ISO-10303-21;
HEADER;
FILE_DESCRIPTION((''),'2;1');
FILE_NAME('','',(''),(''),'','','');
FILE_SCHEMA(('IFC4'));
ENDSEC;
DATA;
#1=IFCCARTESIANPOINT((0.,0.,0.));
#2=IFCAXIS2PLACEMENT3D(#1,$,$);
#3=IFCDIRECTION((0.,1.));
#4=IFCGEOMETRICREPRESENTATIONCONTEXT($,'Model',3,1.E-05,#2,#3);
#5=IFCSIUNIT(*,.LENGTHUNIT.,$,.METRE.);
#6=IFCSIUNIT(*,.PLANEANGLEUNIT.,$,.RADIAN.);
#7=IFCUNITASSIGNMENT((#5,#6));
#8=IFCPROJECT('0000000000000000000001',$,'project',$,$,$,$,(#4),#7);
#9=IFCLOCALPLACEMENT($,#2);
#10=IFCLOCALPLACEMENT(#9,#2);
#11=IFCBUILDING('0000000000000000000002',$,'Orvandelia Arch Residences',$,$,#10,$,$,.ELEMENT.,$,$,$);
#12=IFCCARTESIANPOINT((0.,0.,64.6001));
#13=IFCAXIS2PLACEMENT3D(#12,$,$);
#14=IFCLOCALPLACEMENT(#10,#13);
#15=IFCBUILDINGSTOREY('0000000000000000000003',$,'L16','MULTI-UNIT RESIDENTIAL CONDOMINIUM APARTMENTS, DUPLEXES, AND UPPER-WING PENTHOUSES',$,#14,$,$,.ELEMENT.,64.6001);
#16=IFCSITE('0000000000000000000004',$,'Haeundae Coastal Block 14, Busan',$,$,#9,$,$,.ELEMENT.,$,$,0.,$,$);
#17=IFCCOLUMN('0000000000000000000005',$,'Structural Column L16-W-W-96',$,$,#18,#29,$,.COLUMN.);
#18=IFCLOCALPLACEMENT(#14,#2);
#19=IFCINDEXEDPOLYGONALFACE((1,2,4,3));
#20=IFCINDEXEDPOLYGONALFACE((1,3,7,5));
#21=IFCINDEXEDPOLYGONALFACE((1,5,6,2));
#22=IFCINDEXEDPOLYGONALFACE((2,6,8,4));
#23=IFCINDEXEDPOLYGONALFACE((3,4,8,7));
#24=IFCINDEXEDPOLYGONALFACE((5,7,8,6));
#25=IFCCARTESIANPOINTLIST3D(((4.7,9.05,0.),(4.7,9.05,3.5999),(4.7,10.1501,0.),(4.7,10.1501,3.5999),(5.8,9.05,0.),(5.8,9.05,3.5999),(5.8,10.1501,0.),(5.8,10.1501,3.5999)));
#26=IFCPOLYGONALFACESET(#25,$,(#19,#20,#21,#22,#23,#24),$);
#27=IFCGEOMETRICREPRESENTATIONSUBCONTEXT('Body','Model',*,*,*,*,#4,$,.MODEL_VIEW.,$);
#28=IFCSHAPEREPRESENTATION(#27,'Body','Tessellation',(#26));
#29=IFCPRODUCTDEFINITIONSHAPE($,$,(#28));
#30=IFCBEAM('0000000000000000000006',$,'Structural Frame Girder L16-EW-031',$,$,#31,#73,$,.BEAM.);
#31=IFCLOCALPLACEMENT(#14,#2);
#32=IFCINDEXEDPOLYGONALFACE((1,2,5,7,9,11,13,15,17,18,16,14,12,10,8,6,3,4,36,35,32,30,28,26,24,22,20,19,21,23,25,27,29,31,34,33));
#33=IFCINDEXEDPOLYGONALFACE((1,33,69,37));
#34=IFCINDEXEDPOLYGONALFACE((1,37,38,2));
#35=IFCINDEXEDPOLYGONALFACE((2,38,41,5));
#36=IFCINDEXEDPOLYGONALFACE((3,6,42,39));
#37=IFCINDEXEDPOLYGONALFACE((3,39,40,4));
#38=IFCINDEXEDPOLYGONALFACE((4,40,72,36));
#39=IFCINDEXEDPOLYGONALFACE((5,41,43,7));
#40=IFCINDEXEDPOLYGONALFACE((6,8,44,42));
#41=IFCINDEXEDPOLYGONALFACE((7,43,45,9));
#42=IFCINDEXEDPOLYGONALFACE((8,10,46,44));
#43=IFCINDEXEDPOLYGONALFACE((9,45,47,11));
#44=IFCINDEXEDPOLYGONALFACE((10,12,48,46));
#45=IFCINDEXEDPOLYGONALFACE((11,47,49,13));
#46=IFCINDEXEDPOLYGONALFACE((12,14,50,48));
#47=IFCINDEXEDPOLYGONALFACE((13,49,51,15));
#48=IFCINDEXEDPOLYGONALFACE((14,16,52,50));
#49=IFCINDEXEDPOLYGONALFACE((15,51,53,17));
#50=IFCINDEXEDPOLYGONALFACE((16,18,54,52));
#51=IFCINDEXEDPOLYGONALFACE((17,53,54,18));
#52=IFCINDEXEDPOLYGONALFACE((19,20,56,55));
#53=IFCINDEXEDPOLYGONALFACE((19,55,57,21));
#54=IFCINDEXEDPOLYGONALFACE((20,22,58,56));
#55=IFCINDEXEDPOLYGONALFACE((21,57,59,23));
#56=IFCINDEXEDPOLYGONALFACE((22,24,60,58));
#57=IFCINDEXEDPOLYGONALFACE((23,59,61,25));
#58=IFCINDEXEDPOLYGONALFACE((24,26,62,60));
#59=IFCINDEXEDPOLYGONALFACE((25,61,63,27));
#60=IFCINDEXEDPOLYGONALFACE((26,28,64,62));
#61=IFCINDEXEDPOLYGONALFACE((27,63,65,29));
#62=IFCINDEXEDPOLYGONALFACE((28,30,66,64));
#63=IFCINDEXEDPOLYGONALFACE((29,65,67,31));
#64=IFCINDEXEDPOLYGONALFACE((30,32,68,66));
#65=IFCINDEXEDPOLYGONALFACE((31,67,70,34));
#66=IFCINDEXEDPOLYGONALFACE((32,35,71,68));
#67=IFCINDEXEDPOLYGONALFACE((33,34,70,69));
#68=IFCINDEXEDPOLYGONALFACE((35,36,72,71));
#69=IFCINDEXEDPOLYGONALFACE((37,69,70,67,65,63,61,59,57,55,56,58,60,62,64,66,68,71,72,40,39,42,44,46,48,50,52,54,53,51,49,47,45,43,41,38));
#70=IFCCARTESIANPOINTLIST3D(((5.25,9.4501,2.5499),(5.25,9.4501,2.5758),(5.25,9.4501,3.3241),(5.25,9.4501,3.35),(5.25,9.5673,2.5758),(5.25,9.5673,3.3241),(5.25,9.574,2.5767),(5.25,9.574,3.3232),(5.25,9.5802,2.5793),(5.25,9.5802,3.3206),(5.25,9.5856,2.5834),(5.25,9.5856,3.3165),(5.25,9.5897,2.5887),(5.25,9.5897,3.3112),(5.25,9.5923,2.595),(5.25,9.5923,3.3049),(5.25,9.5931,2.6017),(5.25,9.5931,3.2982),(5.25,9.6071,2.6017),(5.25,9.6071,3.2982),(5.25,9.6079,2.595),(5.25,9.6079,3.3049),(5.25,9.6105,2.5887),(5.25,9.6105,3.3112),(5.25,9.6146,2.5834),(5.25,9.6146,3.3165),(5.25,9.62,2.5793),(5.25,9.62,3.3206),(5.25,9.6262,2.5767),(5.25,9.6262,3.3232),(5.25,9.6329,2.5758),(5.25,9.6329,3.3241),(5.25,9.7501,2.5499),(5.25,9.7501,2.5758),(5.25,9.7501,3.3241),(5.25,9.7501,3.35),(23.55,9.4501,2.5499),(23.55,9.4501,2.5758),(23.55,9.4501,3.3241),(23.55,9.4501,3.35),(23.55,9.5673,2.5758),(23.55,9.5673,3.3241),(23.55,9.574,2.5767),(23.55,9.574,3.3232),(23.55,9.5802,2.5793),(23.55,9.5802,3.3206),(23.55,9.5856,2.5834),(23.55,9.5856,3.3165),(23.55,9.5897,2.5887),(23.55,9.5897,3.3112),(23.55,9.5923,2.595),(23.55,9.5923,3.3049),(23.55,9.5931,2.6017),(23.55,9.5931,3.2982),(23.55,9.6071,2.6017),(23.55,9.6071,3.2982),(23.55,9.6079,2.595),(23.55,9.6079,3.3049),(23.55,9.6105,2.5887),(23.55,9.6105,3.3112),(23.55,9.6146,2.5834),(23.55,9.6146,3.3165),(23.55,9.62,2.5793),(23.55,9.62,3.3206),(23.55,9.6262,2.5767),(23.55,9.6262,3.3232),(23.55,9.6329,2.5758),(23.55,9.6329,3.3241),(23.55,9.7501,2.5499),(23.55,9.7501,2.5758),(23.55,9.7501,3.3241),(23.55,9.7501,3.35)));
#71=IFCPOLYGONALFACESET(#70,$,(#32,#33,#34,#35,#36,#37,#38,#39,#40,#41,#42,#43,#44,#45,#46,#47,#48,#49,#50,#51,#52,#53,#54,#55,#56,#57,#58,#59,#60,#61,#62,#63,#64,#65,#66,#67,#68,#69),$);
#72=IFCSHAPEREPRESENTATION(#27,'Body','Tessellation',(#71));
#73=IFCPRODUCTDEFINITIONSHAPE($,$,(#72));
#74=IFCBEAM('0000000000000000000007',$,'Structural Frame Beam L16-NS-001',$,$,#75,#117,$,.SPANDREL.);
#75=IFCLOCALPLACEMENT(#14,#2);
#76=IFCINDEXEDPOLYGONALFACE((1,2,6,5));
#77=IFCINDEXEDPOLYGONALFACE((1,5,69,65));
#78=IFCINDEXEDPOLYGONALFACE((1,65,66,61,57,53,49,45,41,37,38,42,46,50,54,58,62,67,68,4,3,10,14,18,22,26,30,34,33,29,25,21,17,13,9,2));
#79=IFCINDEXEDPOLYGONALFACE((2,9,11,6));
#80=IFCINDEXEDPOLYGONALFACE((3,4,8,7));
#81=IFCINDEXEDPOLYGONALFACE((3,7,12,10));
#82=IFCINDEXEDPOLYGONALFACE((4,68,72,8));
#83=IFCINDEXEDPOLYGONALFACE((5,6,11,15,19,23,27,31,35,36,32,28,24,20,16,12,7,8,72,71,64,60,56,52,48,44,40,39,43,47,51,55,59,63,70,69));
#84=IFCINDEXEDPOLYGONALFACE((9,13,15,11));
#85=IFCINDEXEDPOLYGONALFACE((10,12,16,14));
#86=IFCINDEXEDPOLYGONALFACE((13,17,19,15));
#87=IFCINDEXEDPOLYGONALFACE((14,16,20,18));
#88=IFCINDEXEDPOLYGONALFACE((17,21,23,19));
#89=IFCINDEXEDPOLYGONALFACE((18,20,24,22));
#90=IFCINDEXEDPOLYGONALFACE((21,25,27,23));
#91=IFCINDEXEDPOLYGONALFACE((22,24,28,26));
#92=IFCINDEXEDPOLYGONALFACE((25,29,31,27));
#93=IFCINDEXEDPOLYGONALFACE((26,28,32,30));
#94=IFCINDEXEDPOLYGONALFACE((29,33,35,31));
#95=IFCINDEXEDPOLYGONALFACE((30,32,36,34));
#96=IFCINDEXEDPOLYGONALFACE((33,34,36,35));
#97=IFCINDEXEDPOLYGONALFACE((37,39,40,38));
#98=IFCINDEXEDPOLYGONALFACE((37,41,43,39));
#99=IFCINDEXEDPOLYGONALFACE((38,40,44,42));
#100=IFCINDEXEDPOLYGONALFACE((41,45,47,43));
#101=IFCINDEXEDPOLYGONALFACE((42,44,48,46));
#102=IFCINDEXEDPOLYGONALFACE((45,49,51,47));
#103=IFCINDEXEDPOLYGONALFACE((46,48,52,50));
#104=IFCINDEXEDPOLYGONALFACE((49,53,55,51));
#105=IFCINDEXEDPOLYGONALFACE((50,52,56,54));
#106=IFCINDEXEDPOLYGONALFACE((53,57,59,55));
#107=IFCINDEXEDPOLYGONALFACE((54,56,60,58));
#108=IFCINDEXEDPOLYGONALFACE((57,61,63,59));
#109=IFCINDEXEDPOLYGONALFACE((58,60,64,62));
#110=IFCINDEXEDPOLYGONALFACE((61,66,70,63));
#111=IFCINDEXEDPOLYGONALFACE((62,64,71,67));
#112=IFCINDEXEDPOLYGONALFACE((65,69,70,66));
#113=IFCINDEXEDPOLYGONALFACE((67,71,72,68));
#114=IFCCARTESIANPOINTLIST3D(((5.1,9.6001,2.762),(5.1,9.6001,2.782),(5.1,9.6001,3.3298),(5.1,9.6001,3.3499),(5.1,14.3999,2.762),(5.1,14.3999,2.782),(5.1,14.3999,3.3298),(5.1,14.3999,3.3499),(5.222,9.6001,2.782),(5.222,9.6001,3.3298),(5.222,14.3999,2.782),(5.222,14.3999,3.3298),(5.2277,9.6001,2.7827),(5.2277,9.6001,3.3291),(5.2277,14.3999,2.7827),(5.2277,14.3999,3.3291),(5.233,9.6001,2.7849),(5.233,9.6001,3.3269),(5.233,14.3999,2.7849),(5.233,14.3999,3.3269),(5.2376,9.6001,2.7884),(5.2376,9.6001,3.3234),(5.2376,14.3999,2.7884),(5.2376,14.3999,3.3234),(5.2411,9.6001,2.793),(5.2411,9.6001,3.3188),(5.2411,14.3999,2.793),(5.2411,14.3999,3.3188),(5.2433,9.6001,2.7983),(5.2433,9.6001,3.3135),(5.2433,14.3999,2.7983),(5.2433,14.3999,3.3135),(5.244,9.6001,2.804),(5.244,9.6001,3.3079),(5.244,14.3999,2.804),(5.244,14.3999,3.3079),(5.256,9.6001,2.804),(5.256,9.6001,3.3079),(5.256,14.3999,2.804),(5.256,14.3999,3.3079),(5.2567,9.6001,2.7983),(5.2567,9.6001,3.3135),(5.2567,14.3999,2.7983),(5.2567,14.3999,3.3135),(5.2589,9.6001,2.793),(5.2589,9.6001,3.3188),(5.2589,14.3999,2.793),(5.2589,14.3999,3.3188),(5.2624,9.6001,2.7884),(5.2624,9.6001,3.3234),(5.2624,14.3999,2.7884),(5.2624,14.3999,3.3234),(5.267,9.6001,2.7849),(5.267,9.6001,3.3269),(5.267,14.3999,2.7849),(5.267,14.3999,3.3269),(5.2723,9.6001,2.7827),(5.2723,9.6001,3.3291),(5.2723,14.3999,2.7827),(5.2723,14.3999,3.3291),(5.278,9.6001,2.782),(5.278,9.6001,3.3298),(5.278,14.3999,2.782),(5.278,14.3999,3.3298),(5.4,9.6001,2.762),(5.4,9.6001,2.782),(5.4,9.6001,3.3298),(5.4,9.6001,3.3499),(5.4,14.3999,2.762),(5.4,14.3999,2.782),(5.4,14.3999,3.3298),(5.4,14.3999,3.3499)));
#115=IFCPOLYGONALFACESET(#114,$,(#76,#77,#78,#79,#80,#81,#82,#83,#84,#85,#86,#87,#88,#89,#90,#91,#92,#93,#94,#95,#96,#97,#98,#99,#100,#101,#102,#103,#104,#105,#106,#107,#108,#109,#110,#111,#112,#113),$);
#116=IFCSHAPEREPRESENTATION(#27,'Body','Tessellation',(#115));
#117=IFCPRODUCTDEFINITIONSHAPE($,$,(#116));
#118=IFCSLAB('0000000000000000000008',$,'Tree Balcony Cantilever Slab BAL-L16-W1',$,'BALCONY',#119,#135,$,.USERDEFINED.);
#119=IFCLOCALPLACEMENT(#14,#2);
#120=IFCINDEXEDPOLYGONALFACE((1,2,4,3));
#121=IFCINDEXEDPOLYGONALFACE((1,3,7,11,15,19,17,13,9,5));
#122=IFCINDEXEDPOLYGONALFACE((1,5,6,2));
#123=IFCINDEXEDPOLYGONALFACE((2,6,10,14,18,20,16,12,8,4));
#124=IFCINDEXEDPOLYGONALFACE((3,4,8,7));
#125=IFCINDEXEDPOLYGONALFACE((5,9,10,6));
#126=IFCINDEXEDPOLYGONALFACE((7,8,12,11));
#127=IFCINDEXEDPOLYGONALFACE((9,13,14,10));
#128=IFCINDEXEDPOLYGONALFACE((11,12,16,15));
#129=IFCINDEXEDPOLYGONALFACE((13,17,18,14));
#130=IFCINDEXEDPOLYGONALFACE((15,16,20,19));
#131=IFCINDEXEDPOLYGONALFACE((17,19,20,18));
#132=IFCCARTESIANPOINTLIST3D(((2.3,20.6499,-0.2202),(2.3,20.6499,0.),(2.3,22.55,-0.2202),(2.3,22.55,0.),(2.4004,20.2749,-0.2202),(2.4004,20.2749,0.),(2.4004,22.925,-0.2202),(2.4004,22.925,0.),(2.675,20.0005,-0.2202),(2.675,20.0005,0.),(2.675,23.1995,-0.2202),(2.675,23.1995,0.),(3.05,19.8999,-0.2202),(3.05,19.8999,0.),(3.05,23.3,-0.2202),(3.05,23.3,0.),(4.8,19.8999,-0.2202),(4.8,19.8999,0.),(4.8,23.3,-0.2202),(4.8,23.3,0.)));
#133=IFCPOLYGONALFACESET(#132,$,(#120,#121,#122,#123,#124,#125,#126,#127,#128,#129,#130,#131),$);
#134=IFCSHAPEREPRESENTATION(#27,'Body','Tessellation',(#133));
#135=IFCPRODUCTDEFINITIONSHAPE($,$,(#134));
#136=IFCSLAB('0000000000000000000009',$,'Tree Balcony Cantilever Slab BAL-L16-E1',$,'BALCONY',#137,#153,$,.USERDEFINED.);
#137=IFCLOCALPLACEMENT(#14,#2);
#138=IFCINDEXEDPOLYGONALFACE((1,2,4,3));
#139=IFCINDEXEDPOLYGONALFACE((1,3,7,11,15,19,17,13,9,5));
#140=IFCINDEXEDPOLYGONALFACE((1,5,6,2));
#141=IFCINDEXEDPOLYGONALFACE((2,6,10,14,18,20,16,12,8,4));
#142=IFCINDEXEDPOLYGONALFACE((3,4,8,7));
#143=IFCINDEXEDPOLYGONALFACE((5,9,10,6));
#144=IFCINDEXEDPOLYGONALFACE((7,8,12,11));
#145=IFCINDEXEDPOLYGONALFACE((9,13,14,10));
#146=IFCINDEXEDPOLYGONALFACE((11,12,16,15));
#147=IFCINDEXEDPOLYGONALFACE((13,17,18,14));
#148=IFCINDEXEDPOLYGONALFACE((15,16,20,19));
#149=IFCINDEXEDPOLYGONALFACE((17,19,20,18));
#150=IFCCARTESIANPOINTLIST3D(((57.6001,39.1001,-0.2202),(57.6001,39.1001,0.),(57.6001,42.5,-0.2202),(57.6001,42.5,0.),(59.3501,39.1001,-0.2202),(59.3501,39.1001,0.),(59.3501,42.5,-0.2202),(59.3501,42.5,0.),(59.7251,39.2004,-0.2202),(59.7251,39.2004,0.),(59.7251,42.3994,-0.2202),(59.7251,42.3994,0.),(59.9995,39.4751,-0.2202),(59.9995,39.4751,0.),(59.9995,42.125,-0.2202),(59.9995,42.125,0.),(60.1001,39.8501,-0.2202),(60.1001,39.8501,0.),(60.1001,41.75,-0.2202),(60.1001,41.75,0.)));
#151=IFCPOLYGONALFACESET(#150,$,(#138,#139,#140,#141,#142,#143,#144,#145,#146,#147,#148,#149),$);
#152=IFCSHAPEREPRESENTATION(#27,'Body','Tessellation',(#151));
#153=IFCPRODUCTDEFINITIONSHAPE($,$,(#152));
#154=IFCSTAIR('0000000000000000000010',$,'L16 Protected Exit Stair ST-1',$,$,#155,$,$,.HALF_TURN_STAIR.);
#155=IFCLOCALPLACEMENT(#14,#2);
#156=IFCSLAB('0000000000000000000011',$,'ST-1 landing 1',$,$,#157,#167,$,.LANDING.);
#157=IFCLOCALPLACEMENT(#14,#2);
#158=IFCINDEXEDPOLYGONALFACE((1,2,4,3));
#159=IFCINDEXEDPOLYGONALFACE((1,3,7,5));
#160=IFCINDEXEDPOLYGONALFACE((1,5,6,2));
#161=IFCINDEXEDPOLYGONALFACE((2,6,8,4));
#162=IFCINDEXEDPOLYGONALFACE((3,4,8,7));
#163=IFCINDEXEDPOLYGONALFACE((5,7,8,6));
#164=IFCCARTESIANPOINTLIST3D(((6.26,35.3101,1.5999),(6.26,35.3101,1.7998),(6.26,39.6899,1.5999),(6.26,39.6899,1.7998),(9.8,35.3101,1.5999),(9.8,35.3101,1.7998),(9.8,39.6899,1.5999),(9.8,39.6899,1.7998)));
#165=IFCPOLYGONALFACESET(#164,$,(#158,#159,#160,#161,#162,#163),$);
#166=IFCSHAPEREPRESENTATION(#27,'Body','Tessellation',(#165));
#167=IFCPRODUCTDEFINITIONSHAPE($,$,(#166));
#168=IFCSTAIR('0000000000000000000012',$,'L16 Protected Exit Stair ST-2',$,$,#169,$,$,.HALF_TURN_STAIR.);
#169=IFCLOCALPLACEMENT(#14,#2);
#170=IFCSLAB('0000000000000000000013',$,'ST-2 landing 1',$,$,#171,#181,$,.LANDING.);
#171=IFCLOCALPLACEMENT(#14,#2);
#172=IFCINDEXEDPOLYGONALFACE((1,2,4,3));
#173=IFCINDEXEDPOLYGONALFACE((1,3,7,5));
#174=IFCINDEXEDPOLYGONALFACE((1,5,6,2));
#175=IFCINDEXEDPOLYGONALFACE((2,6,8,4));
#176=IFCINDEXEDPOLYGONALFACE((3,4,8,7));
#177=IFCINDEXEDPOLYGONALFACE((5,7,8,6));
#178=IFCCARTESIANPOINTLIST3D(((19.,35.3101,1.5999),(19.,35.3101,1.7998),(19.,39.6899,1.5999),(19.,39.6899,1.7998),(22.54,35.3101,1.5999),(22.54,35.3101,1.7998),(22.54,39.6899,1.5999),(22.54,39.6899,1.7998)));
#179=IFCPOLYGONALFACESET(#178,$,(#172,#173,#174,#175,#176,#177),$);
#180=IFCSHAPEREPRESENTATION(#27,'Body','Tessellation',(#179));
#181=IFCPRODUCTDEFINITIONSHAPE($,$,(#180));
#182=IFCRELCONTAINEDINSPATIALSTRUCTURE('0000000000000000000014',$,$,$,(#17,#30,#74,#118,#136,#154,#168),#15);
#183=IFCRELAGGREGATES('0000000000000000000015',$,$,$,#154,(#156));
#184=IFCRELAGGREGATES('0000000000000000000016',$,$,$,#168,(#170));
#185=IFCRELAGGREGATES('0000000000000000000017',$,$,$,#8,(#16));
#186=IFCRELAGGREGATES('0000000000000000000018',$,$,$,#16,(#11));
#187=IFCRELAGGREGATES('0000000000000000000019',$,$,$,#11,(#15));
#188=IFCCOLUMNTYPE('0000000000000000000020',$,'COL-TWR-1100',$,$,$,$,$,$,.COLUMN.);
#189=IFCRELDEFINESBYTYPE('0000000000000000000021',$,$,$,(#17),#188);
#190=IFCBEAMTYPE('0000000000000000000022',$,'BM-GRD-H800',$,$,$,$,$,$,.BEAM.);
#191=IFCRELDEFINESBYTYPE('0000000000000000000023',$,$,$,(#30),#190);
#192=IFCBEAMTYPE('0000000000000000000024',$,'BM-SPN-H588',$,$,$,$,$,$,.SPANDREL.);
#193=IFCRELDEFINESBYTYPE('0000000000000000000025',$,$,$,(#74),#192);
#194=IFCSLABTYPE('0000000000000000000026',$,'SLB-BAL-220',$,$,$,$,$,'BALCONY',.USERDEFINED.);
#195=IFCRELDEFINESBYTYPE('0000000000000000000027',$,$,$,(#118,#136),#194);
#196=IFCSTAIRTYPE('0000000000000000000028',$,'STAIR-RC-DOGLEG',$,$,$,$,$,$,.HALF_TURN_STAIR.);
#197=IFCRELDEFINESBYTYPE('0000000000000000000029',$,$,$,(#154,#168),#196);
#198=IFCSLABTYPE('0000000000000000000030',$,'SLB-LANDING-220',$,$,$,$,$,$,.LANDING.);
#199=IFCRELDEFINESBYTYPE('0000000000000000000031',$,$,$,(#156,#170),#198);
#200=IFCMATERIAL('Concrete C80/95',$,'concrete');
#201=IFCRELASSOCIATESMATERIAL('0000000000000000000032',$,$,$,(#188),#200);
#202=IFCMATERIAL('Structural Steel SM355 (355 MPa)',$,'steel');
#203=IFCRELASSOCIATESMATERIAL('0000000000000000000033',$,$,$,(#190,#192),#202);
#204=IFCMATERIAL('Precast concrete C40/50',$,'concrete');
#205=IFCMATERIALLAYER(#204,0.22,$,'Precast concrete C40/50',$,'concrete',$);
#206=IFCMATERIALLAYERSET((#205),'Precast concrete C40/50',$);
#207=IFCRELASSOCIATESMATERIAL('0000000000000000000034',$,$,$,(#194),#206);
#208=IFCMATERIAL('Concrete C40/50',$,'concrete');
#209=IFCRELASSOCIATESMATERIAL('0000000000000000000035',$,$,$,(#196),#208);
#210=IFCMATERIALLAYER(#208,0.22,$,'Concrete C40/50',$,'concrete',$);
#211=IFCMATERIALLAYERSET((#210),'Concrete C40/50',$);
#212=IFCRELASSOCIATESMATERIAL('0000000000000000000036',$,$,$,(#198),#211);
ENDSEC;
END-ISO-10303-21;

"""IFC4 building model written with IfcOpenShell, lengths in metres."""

from ifc_helpers import new_model, si_unit, direction, frame, origin, origin_2d, place, context, subcontext, project, spatial, polyline, rectangle, i_section, outline, extrude, material, layer, layer_set, material_profile, profile_set, type_object, element, aggregate, save


model = new_model("IFC4")

# Units and contexts
model_context = context("Model", 3, precision=1e-05, world=origin(), true_north=direction((0.0, 1.0)))
body_context = subcontext(model_context, "Body", "Model", "MODEL_VIEW")
ifc_project = project(units=[si_unit("LENGTHUNIT", "METRE"), si_unit("PLANEANGLEUNIT", "RADIAN")], contexts=[model_context])

# Site, building, storey
site_placement = place(None, origin())
site = spatial("IfcSite", under=ifc_project, at=site_placement, Name="Haeundae Coastal Block 14, Busan", CompositionType="ELEMENT", RefElevation=0.0)
building_placement = place(site_placement, origin())
building = spatial("IfcBuilding", under=site, at=building_placement, Name="Orvandelia Arch Residences", CompositionType="ELEMENT")
storey_placement = place(building_placement, frame((0.0, 0.0, 64.6001)))
storey = spatial("IfcBuildingStorey", under=building, at=storey_placement, Name="L16", Description="MULTI-UNIT RESIDENTIAL CONDOMINIUM APARTMENTS, DUPLEXES, AND UPPER-WING PENTHOUSES", CompositionType="ELEMENT", Elevation=64.6001)

# Column
ifc_material_1 = material(Name="Concrete C80/95", Category="concrete")
ifc_material_profile_1 = material_profile(ifc_material_1, rectangle(XDim=1.1001, YDim=1.1001, at=origin_2d()), Name="Concrete C80/95", Category="concrete")
ifc_profile_set_1 = profile_set([ifc_material_profile_1], Name="Concrete C80/95")
column_type = type_object("IfcColumnType", Name="COL-TWR-1100", PredefinedType="COLUMN", material=ifc_profile_set_1)
column_placement = place(storey_placement, frame((5.25, 9.6001, 0.0), z_axis=(0.0, 0.0, 1.0), x_axis=(1.0, 0.0, 0.0)))
element("IfcColumn", 1, at=column_placement, inside=storey, type_object=column_type, Name="Structural Column L16-W-W-96", PredefinedType="COLUMN", context=body_context, shape_type="SweptSolid", body=[
    extrude(rectangle(XDim=1.1001, YDim=1.1001, at=origin_2d()), origin(), (0.0, 0.0, 1.0), 3.5999),
])

# Beams
ifc_material_2 = material(Name="Structural Steel SM355 (355 MPa)", Category="steel")
ifc_material_profile_2 = material_profile(ifc_material_2, i_section(OverallWidth=0.3, OverallDepth=0.8, WebThickness=0.0139, FlangeThickness=0.0259, FilletRadius=0.0259, at=origin_2d()), Name="Structural Steel SM355 (355 MPa)", Category="steel")
ifc_profile_set_2 = profile_set([ifc_material_profile_2], Name="Structural Steel SM355 (355 MPa)")
beam_type_1 = type_object("IfcBeamType", Name="BM-GRD-H800", PredefinedType="BEAM", material=ifc_profile_set_2)
beam_1_placement = place(storey_placement, frame((5.25, 9.6001, 2.95), z_axis=(1.0, 0.0, 0.0), x_axis=(0.0, 1.0, 0.0)))
element("IfcBeam", 2, at=beam_1_placement, inside=storey, type_object=beam_type_1, Name="Structural Frame Girder L16-EW-031", PredefinedType="BEAM", context=body_context, shape_type="SweptSolid", body=[
    extrude(i_section(OverallWidth=0.3, OverallDepth=0.8, WebThickness=0.0139, FlangeThickness=0.0259, FilletRadius=0.0259, at=origin_2d()), origin(), (0.0, 0.0, 1.0), 18.3),
])
ifc_material_profile_3 = material_profile(ifc_material_2, i_section(OverallWidth=0.3, OverallDepth=0.5879, WebThickness=0.012, FlangeThickness=0.02, FilletRadius=0.022, at=origin_2d()), Name="Structural Steel SM355 (355 MPa)", Category="steel")
ifc_profile_set_3 = profile_set([ifc_material_profile_3], Name="Structural Steel SM355 (355 MPa)")
beam_type_2 = type_object("IfcBeamType", Name="BM-SPN-H588", PredefinedType="SPANDREL", material=ifc_profile_set_3)
beam_2_placement = place(storey_placement, frame((5.25, 9.6001, 3.0559), z_axis=(0.0, 1.0, 0.0), x_axis=(-1.0, 0.0, 0.0)))
element("IfcBeam", 3, at=beam_2_placement, inside=storey, type_object=beam_type_2, Name="Structural Frame Beam L16-NS-001", PredefinedType="SPANDREL", context=body_context, shape_type="SweptSolid", body=[
    extrude(i_section(OverallWidth=0.3, OverallDepth=0.5879, WebThickness=0.012, FlangeThickness=0.02, FilletRadius=0.022, at=origin_2d()), origin(), (0.0, 0.0, 1.0), 4.7998),
])

# Slabs
ifc_material_3 = material(Name="Precast concrete C40/50", Category="concrete")
ifc_layer_1 = layer(ifc_material_3, 0.22, Name="Precast concrete C40/50", Category="concrete")
ifc_layer_set_1 = layer_set([ifc_layer_1], Name="Precast concrete C40/50")
slab_type_1 = type_object("IfcSlabType", Name="SLB-BAL-220", ElementType="BALCONY", PredefinedType="USERDEFINED", material=ifc_layer_set_1)
slab_1_placement = place(storey_placement, frame((0.0, 0.0, -0.2202)))
element("IfcSlab", 4, at=slab_1_placement, inside=storey, type_object=slab_type_1, Name="Tree Balcony Cantilever Slab BAL-L16-W1", ObjectType="BALCONY", PredefinedType="USERDEFINED", context=body_context, shape_type="SweptSolid", body=[
    extrude(outline(polyline([(4.8, 19.8999), (4.8, 23.3), (3.05, 23.3), (2.675, 23.1995), (2.4004, 22.925), (2.3, 22.55), (2.3, 20.6499), (2.4004, 20.2749), (2.675, 20.0005), (3.05, 19.8999), (4.8, 19.8999)])), origin(), (0.0, 0.0, 1.0), 0.2202),
])
slab_2_placement = place(storey_placement, frame((0.0, 0.0, -0.2202)))
element("IfcSlab", 5, at=slab_2_placement, inside=storey, type_object=slab_type_1, Name="Tree Balcony Cantilever Slab BAL-L16-E1", ObjectType="BALCONY", PredefinedType="USERDEFINED", context=body_context, shape_type="SweptSolid", body=[
    extrude(outline(polyline([(57.6001, 42.5), (57.6001, 39.1001), (59.3501, 39.1001), (59.7251, 39.2004), (59.9995, 39.4751), (60.1001, 39.8501), (60.1001, 41.75), (59.9995, 42.125), (59.7251, 42.3994), (59.3501, 42.5), (57.6001, 42.5)])), origin(), (0.0, 0.0, 1.0), 0.2202),
])

# Stairs, slabs
ifc_material_4 = material(Name="Concrete C40/50", Category="concrete")
stair_type = type_object("IfcStairType", Name="STAIR-RC-DOGLEG", PredefinedType="HALF_TURN_STAIR", material=ifc_material_4)
stair_1_placement = place(storey_placement, origin())
stair_1 = element("IfcStair", 6, at=stair_1_placement, inside=storey, type_object=stair_type, Name="L16 Protected Exit Stair ST-1", PredefinedType="HALF_TURN_STAIR")
ifc_layer_2 = layer(ifc_material_4, 0.22, Name="Concrete C40/50", Category="concrete")
ifc_layer_set_2 = layer_set([ifc_layer_2], Name="Concrete C40/50")
slab_type_2 = type_object("IfcSlabType", Name="SLB-LANDING-220", PredefinedType="LANDING", material=ifc_layer_set_2)
slab_3_placement = place(storey_placement, frame((0.0, 0.0, 1.5999)))
slab_3 = element("IfcSlab", 7, at=slab_3_placement, type_object=slab_type_2, Name="ST-1 landing 1", PredefinedType="LANDING", context=body_context, shape_type="SweptSolid", body=[
    extrude(outline(polyline([(9.8, 35.3101), (9.8, 39.6899), (6.26, 39.6899), (6.26, 35.3101), (9.8, 35.3101)])), origin(), (0.0, 0.0, 1.0), 0.2),
])
aggregate(stair_1, [slab_3])
stair_2_placement = place(storey_placement, origin())
stair_2 = element("IfcStair", 8, at=stair_2_placement, inside=storey, type_object=stair_type, Name="L16 Protected Exit Stair ST-2", PredefinedType="HALF_TURN_STAIR")
slab_4_placement = place(storey_placement, frame((0.0, 0.0, 1.5999)))
slab_4 = element("IfcSlab", 9, at=slab_4_placement, type_object=slab_type_2, Name="ST-2 landing 1", PredefinedType="LANDING", context=body_context, shape_type="SweptSolid", body=[
    extrude(outline(polyline([(22.54, 35.3101), (22.54, 39.6899), (19.0, 39.6899), (19.0, 35.3101), (22.54, 35.3101)])), origin(), (0.0, 0.0, 1.0), 0.2),
])
aggregate(stair_2, [slab_4])

save(model, "model.ifc")
